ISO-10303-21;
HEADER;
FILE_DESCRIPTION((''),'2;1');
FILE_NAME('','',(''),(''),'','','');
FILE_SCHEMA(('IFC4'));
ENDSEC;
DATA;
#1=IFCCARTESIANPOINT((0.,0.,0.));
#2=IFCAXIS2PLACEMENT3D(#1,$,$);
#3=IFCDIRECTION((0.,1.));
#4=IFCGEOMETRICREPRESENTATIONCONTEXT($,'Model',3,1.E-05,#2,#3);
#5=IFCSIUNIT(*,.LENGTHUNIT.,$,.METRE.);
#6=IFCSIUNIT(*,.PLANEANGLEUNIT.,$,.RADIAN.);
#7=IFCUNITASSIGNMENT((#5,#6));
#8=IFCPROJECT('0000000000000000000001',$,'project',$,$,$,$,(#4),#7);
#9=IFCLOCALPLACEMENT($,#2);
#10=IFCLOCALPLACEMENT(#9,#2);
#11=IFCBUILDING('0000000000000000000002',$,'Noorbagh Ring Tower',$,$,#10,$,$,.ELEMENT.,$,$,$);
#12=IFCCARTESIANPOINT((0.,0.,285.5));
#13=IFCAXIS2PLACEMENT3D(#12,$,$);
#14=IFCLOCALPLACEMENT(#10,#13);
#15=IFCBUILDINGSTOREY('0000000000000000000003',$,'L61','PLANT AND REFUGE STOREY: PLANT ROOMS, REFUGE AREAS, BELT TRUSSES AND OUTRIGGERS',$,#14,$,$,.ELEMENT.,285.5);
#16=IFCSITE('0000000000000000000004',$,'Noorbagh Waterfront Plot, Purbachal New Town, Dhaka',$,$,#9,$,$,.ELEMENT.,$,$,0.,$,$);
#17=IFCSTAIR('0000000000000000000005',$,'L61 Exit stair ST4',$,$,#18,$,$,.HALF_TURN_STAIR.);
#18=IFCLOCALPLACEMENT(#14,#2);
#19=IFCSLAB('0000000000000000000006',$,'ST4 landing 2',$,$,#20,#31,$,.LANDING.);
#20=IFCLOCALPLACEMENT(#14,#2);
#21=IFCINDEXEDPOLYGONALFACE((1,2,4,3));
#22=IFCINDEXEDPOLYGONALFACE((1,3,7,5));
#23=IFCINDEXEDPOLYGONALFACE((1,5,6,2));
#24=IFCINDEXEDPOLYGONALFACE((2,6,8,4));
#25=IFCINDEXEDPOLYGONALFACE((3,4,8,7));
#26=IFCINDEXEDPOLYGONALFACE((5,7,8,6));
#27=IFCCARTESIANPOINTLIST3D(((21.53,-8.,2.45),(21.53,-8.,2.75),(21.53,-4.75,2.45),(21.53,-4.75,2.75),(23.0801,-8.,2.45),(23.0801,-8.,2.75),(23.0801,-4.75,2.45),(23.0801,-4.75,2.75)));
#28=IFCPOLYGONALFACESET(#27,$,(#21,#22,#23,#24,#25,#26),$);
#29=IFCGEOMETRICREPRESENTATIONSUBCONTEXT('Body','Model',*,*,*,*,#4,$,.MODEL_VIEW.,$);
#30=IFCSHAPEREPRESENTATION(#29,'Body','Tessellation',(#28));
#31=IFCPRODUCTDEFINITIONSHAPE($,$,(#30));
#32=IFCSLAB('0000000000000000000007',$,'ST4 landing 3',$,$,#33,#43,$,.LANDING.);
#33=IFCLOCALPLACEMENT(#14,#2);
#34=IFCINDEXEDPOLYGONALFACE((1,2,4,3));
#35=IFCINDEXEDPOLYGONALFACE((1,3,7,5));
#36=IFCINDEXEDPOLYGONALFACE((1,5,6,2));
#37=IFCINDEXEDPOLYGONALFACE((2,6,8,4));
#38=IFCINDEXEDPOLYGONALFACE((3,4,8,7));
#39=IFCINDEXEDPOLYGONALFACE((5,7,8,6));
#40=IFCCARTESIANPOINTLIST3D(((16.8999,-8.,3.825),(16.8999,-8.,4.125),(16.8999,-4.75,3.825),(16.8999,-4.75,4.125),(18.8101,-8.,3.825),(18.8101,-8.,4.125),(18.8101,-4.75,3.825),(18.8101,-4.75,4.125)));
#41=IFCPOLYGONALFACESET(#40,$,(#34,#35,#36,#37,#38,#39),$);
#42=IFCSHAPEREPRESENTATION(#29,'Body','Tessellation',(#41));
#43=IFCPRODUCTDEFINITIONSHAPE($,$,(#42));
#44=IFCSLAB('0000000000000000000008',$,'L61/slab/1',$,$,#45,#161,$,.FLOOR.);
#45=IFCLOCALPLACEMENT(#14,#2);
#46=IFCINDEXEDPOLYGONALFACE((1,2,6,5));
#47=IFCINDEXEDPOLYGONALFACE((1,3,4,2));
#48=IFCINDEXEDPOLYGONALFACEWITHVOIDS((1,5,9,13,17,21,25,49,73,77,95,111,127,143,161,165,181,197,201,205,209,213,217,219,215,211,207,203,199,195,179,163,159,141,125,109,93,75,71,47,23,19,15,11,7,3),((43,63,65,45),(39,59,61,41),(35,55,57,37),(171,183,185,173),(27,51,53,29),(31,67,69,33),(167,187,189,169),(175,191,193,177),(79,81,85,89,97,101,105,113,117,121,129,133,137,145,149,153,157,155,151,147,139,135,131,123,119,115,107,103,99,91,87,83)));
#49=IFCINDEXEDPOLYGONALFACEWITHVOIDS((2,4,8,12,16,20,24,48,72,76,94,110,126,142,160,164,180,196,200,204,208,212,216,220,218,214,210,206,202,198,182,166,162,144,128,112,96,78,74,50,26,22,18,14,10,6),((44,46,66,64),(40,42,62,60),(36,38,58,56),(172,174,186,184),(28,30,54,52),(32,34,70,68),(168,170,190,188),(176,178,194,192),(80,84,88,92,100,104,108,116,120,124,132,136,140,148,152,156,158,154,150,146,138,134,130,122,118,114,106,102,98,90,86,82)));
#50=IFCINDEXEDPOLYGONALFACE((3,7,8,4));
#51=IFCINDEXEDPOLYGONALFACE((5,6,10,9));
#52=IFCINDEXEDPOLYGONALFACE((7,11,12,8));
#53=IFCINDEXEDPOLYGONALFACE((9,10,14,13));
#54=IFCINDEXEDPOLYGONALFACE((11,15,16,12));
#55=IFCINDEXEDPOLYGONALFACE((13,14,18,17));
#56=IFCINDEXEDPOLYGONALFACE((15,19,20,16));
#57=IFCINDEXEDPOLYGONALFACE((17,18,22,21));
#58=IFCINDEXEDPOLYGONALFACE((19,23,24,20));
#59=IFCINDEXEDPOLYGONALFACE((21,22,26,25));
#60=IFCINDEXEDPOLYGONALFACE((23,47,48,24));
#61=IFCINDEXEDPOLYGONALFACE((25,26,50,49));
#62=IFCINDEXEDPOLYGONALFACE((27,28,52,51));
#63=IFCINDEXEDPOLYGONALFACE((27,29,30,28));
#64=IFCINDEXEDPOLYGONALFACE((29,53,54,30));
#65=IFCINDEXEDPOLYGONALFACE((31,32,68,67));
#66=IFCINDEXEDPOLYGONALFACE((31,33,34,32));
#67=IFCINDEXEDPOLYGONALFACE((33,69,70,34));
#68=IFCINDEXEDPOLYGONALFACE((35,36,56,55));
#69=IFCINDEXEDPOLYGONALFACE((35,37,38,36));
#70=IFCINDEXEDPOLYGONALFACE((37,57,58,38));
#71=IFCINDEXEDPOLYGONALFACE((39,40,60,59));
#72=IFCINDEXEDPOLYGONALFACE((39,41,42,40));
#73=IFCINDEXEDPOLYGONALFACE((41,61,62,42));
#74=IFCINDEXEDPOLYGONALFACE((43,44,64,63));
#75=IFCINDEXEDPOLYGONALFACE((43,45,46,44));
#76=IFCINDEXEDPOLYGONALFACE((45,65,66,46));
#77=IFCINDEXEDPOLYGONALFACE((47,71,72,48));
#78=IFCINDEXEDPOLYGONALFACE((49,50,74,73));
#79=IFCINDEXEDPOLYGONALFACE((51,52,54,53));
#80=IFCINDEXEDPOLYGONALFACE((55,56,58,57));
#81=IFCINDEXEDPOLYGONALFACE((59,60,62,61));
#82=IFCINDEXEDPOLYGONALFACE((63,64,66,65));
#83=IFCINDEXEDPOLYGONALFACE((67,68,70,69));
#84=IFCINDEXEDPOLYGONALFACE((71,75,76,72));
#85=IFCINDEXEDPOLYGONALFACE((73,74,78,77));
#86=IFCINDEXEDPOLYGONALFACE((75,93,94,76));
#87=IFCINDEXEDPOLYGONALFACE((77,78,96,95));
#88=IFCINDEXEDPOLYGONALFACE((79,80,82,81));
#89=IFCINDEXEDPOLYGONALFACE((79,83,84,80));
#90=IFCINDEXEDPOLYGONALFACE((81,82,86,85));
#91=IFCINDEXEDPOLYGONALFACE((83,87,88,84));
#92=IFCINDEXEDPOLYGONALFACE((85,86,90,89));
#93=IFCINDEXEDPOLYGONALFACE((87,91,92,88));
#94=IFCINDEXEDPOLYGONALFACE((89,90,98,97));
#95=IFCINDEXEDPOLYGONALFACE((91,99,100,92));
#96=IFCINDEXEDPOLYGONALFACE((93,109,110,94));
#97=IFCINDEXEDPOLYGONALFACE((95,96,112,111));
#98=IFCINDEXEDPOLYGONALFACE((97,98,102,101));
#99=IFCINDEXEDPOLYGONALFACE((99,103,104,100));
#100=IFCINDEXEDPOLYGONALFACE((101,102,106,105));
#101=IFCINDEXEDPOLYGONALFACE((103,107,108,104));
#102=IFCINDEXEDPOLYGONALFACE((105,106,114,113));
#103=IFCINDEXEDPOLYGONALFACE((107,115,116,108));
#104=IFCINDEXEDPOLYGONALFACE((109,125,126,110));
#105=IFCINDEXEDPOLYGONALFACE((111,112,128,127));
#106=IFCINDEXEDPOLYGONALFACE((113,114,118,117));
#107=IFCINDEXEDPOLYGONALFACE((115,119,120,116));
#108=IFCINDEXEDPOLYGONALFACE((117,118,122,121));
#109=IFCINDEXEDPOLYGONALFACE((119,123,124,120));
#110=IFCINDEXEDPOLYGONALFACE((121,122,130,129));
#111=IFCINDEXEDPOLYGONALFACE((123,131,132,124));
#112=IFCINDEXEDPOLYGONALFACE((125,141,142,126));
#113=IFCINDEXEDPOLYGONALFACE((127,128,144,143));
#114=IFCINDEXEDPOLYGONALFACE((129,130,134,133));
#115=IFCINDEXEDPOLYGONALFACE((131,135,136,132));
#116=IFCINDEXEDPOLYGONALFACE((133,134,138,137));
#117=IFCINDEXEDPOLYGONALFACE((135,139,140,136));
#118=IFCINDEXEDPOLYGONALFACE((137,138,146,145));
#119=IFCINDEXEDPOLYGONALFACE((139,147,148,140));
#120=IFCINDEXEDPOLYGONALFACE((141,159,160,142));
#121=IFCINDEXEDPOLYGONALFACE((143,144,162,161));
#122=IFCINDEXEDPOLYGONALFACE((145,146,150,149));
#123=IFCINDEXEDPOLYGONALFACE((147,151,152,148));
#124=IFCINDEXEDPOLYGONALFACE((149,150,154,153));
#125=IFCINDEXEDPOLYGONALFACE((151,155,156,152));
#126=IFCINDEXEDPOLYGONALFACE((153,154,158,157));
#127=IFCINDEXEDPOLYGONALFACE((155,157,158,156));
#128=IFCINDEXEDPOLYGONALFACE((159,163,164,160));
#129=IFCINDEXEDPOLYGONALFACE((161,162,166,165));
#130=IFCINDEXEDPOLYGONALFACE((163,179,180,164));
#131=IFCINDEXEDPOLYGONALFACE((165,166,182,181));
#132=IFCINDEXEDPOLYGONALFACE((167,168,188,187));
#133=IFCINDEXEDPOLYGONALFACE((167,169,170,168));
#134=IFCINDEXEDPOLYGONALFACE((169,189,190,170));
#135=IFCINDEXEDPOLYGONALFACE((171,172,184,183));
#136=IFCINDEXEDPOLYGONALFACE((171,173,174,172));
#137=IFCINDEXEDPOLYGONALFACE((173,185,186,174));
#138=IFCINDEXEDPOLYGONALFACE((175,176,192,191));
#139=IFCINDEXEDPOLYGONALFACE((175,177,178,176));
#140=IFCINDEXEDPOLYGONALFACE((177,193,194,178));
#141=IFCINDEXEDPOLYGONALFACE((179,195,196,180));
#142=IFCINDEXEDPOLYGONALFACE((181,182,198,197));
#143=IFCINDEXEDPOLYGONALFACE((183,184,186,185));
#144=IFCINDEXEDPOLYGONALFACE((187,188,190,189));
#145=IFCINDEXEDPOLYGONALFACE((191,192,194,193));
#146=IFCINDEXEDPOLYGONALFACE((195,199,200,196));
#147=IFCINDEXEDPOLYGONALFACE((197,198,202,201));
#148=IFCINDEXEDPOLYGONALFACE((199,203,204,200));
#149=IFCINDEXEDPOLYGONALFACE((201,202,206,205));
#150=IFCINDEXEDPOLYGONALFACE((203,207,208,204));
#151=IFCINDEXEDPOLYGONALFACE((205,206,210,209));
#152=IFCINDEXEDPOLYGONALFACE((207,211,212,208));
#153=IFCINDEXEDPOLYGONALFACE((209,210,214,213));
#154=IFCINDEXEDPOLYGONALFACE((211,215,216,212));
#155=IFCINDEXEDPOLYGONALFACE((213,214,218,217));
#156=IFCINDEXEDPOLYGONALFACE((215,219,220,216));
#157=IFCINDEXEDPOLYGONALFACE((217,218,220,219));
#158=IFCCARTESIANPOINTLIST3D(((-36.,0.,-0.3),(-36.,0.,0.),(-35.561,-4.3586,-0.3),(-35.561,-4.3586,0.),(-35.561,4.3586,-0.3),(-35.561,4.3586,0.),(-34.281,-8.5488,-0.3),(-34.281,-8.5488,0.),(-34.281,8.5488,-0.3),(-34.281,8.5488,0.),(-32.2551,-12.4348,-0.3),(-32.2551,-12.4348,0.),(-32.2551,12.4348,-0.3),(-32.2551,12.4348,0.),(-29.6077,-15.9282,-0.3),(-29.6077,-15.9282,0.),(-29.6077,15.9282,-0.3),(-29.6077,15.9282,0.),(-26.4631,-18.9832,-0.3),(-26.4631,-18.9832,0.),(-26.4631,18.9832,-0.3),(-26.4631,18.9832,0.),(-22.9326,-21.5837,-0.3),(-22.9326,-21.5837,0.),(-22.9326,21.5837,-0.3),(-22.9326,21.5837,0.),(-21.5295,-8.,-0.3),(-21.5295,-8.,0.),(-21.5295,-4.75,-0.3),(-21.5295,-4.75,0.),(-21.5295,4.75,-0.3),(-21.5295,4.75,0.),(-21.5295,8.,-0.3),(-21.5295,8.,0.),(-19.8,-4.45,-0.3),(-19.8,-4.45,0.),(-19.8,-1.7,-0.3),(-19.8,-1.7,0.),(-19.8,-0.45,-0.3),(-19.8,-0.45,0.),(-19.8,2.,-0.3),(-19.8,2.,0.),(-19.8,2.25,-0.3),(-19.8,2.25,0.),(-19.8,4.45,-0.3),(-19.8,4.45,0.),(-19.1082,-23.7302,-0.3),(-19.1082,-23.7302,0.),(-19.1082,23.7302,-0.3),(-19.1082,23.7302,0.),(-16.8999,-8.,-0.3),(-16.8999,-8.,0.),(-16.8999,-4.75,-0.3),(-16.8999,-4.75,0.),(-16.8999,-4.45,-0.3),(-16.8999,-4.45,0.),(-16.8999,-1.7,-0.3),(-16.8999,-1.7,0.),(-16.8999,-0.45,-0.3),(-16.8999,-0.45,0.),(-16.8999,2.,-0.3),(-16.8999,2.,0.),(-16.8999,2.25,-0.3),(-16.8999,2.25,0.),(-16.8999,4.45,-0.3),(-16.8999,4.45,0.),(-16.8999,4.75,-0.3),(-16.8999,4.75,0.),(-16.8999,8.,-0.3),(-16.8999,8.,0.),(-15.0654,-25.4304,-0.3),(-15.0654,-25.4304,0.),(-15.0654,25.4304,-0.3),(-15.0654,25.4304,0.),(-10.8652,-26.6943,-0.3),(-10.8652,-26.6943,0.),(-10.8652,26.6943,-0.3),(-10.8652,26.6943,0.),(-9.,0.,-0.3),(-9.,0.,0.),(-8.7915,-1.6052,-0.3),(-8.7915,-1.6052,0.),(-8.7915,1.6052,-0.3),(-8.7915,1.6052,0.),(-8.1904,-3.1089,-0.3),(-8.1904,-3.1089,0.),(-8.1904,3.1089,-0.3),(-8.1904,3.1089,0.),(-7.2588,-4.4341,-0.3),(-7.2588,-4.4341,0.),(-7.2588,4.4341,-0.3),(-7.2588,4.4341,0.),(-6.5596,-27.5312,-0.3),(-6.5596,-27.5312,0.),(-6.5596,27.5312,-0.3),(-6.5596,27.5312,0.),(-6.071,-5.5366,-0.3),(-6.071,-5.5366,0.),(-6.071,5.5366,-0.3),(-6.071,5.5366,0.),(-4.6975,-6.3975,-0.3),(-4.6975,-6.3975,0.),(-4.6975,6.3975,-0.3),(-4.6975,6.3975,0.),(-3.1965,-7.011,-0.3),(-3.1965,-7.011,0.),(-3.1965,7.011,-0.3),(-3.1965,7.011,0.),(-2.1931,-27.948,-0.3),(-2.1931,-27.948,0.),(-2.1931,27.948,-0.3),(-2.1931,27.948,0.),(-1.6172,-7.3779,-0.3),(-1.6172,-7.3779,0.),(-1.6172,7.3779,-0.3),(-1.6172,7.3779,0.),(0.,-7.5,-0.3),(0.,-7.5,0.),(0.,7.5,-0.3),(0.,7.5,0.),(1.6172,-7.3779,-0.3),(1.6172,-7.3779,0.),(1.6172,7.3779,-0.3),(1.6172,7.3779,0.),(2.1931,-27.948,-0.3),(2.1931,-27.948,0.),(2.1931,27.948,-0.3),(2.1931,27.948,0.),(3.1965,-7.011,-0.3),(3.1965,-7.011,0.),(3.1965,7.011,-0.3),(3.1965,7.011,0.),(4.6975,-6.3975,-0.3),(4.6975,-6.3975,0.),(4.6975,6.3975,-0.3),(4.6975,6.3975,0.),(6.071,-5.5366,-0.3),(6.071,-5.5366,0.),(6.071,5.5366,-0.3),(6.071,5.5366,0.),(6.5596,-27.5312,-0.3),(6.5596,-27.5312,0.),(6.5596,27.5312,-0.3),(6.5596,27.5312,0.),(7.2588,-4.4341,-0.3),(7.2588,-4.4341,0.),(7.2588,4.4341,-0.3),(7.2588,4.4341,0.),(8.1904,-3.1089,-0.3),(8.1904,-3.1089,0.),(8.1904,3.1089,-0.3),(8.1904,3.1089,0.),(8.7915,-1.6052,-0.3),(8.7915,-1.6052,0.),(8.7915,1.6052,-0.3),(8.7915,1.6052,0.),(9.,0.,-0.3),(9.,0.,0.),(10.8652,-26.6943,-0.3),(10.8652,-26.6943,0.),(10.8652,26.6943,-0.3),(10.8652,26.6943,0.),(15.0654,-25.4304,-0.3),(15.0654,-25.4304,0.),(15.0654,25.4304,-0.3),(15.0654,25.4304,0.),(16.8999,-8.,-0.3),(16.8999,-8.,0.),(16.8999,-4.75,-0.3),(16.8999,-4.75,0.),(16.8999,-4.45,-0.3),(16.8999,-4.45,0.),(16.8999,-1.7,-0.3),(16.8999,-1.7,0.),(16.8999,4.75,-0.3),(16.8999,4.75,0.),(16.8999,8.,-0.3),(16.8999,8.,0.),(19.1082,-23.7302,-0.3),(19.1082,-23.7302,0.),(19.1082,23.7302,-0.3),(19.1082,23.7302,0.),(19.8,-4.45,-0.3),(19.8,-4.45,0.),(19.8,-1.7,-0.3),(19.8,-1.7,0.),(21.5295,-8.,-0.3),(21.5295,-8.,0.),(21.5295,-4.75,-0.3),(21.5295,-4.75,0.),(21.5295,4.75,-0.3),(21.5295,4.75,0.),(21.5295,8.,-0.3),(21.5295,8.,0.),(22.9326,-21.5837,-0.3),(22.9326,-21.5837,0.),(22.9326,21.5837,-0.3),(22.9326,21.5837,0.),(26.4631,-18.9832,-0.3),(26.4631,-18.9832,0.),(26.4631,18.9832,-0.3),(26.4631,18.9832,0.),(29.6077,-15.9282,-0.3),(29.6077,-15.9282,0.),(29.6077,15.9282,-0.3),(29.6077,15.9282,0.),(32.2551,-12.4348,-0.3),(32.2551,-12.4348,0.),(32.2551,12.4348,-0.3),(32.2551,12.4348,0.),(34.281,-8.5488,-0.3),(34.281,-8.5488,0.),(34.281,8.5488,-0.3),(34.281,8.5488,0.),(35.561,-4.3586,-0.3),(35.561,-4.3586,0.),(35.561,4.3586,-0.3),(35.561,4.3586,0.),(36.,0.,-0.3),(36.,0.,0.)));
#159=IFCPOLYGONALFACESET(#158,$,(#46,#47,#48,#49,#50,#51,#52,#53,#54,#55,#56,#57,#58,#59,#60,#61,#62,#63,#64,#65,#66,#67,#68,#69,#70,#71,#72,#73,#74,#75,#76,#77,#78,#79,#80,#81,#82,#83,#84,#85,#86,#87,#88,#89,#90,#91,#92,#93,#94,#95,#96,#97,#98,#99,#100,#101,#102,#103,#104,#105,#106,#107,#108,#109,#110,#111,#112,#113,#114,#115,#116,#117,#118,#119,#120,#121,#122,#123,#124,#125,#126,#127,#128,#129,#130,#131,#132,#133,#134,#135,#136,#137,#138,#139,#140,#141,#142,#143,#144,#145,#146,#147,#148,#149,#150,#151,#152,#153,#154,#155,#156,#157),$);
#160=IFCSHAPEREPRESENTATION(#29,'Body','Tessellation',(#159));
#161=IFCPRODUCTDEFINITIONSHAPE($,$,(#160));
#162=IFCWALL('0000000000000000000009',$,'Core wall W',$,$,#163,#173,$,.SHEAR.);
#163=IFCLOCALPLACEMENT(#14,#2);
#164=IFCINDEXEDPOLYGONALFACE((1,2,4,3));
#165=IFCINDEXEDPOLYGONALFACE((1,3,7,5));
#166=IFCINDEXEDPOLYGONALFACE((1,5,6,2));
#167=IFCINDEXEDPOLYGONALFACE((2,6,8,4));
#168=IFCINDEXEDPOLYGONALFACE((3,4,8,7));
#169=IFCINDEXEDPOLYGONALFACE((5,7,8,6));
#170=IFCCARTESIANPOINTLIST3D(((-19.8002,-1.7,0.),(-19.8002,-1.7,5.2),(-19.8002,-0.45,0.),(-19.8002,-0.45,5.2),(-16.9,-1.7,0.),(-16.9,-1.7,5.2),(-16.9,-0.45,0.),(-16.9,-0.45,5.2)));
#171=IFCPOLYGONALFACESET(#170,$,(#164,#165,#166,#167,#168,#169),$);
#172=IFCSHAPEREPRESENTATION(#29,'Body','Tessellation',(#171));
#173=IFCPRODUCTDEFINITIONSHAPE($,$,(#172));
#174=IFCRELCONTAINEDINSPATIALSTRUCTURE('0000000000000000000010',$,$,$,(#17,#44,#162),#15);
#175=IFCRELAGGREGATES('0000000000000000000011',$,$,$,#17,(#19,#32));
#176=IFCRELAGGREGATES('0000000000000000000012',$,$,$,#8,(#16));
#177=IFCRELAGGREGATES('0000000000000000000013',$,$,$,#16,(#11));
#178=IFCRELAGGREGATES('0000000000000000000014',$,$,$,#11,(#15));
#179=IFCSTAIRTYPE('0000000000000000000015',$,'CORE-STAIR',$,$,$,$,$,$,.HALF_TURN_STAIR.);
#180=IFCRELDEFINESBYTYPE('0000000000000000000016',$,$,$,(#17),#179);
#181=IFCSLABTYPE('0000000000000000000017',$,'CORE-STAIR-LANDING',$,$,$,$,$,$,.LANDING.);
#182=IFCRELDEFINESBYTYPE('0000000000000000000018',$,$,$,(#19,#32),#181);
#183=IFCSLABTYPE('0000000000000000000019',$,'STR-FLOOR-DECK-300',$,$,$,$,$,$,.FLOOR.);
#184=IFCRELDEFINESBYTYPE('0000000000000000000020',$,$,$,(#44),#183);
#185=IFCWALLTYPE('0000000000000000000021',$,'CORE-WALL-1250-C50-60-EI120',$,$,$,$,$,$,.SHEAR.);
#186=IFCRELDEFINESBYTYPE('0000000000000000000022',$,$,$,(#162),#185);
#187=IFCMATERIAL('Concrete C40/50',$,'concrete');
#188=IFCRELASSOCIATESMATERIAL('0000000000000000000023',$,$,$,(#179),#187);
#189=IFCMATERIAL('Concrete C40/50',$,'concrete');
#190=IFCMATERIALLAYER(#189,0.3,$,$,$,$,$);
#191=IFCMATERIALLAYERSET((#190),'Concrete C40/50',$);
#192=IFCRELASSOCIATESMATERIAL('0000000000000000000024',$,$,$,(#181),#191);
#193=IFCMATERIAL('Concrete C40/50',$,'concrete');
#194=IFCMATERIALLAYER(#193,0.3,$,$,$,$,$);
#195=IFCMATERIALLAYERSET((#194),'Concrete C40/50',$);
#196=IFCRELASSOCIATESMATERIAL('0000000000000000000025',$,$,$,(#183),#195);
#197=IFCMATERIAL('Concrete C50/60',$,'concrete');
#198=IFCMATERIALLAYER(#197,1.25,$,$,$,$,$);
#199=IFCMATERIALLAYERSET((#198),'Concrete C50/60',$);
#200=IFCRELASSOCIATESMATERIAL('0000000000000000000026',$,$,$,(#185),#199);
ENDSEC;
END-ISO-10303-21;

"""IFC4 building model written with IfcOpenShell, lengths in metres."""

from ifc_helpers import new_model, si_unit, direction, frame, frame_2d, origin, place, context, subcontext, project, spatial, polyline, rectangle, outline, extrude, material, layer, layer_set, type_object, element, aggregate, save


model = new_model("IFC4")

# Units and contexts
model_context = context("Model", 3, precision=1e-05, world=origin(), true_north=direction((0.0, 1.0)))
body_context = subcontext(model_context, "Body", "Model", "MODEL_VIEW")
ifc_project = project(units=[si_unit("LENGTHUNIT", "METRE"), si_unit("PLANEANGLEUNIT", "RADIAN")], contexts=[model_context])

# Site, building, storey
site_placement = place(None, origin())
site = spatial("IfcSite", under=ifc_project, at=site_placement, Name="Noorbagh Waterfront Plot, Purbachal New Town, Dhaka", CompositionType="ELEMENT", RefElevation=0.0)
building_placement = place(site_placement, origin())
building = spatial("IfcBuilding", under=site, at=building_placement, Name="Noorbagh Ring Tower", CompositionType="ELEMENT")
storey_placement = place(building_placement, frame((0.0, 0.0, 285.5)))
storey = spatial("IfcBuildingStorey", under=building, at=storey_placement, Name="L61", Description="PLANT AND REFUGE STOREY: PLANT ROOMS, REFUGE AREAS, BELT TRUSSES AND OUTRIGGERS", CompositionType="ELEMENT", Elevation=285.5)

# Stair, slabs
ifc_material_1 = material(Name="Concrete C40/50", Category="concrete")
stair_type = type_object("IfcStairType", Name="CORE-STAIR", PredefinedType="HALF_TURN_STAIR", material=ifc_material_1)
ifc_material_2 = material(Name="Concrete C40/50", Category="concrete")
ifc_layer_1 = layer(ifc_material_2, 0.3)
ifc_layer_set_1 = layer_set([ifc_layer_1], Name="Concrete C40/50")
slab_type_1 = type_object("IfcSlabType", Name="CORE-STAIR-LANDING", PredefinedType="LANDING", material=ifc_layer_set_1)
stair_1_placement = place(storey_placement, origin())
stair_1 = element("IfcStair", 1, at=stair_1_placement, inside=storey, type_object=stair_type, Name="L61 Exit stair ST4", PredefinedType="HALF_TURN_STAIR")
slab_1_placement = place(storey_placement, frame((0.0, 0.0, 2.45)))
slab_1 = element("IfcSlab", 2, at=slab_1_placement, type_object=slab_type_1, Name="ST4 landing 2", PredefinedType="LANDING", context=body_context, shape_type="SweptSolid", body=[
    extrude(outline(polyline([(23.0801, -4.75), (21.53, -4.75), (21.53, -8.0), (23.0801, -8.0), (23.0801, -4.75)])), origin(), (0.0, 0.0, 1.0), 0.3),
])
slab_2_placement = place(storey_placement, frame((0.0, 0.0, 3.825)))
slab_2 = element("IfcSlab", 3, at=slab_2_placement, type_object=slab_type_1, Name="ST4 landing 3", PredefinedType="LANDING", context=body_context, shape_type="SweptSolid", body=[
    extrude(outline(polyline([(18.8101, -4.75), (16.8999, -4.75), (16.8999, -8.0), (18.8101, -8.0), (18.8101, -4.75)])), origin(), (0.0, 0.0, 1.0), 0.3),
])
aggregate(stair_1, [slab_1, slab_2])

# Slab
ifc_material_3 = material(Name="Concrete C40/50", Category="concrete")
ifc_layer_2 = layer(ifc_material_3, 0.3)
ifc_layer_set_2 = layer_set([ifc_layer_2], Name="Concrete C40/50")
slab_type_2 = type_object("IfcSlabType", Name="STR-FLOOR-DECK-300", PredefinedType="FLOOR", material=ifc_layer_set_2)
slab_3_placement = place(storey_placement, frame((0.0, 0.0, -0.3)))
element("IfcSlab", 4, at=slab_3_placement, inside=storey, type_object=slab_type_2, Name="L61/slab/1", PredefinedType="FLOOR", context=body_context, shape_type="SweptSolid", body=[
    extrude(outline(polyline([(36.0, 0.0), (35.561, 4.3586), (34.281, 8.5488), (32.2551, 12.4348), (29.6077, 15.9282), (26.4631, 18.9832), (22.9326, 21.5837), (19.1082, 23.7302), (15.0654, 25.4304), (10.8652, 26.6943), (6.5596, 27.5312), (2.1931, 27.948), (-2.1931, 27.948), (-6.5596, 27.5312), (-10.8652, 26.6943), (-15.0654, 25.4304), (-19.1082, 23.7302), (-22.9326, 21.5837), (-26.4631, 18.9832), (-29.6077, 15.9282), (-32.2551, 12.4348), (-34.281, 8.5488), (-35.561, 4.3586), (-36.0, 0.0), (-35.561, -4.3586), (-34.281, -8.5488), (-32.2551, -12.4348), (-29.6077, -15.9282), (-26.4631, -18.9832), (-22.9326, -21.5837), (-19.1082, -23.7302), (-15.0654, -25.4304), (-10.8652, -26.6943), (-6.5596, -27.5312), (-2.1931, -27.948), (2.1931, -27.948), (6.5596, -27.5312), (10.8652, -26.6943), (15.0654, -25.4304), (19.1082, -23.7302), (22.9326, -21.5837), (26.4631, -18.9832), (29.6077, -15.9282), (32.2551, -12.4348), (34.281, -8.5488), (35.561, -4.3586), (36.0, 0.0)]), holes=[polyline([(21.5295, -4.75), (21.5295, -8.0), (16.8999, -8.0), (16.8999, -4.75), (21.5295, -4.75)]), polyline([(21.5295, 4.75), (16.8999, 4.75), (16.8999, 8.0), (21.5295, 8.0), (21.5295, 4.75)]), polyline([(16.8999, -4.45), (16.8999, -1.7), (19.8, -1.7), (19.8, -4.45), (16.8999, -4.45)]), polyline([(6.071, -5.5366), (4.6975, -6.3975), (3.1965, -7.011), (1.6172, -7.3779), (0.0, -7.5), (-1.6172, -7.3779), (-3.1965, -7.011), (-4.6975, -6.3975), (-6.071, -5.5366), (-7.2588, -4.4341), (-8.1904, -3.1089), (-8.7915, -1.6052), (-9.0, 0.0), (-8.7915, 1.6052), (-8.1904, 3.1089), (-7.2588, 4.4341), (-6.071, 5.5366), (-4.6975, 6.3975), (-3.1965, 7.011), (-1.6172, 7.3779), (0.0, 7.5), (1.6172, 7.3779), (3.1965, 7.011), (4.6975, 6.3975), (6.071, 5.5366), (7.2588, 4.4341), (8.1904, 3.1089), (8.7915, 1.6052), (9.0, 0.0), (8.7915, -1.6052), (8.1904, -3.1089), (7.2588, -4.4341), (6.071, -5.5366)]), polyline([(-21.5295, -8.0), (-21.5295, -4.75), (-16.8999, -4.75), (-16.8999, -8.0), (-21.5295, -8.0)]), polyline([(-21.5295, 8.0), (-16.8999, 8.0), (-16.8999, 4.75), (-21.5295, 4.75), (-21.5295, 8.0)]), polyline([(-16.8999, -1.7), (-16.8999, -4.45), (-19.8, -4.45), (-19.8, -1.7), (-16.8999, -1.7)]), polyline([(-16.8999, 2.0), (-16.8999, -0.45), (-19.8, -0.45), (-19.8, 2.0), (-16.8999, 2.0)]), polyline([(-16.8999, 4.45), (-16.8999, 2.25), (-19.8, 2.25), (-19.8, 4.45), (-16.8999, 4.45)])]), origin(), (0.0, 0.0, 1.0), 0.3),
])

# Wall
ifc_material_4 = material(Name="Concrete C50/60", Category="concrete")
ifc_layer_3 = layer(ifc_material_4, 1.25)
ifc_layer_set_3 = layer_set([ifc_layer_3], Name="Concrete C50/60")
wall_type_1 = type_object("IfcWallType", Name="CORE-WALL-1250-C50-60-EI120", PredefinedType="SHEAR", material=ifc_layer_set_3)
wall_1_placement = place(storey_placement, frame((-16.8999, -1.075, 0.0), z_axis=(0.0, 0.0, 1.0), x_axis=(-1.0, 0.0, 0.0)))
element("IfcWall", 5, at=wall_1_placement, inside=storey, type_object=wall_type_1, Name="Core wall W", PredefinedType="SHEAR", context=body_context, shape_type="SweptSolid", body=[
    extrude(rectangle(XDim=2.9001, YDim=1.25, at=frame_2d((1.4502, 0.0))), origin(), (0.0, 0.0, 1.0), 5.2),
])

save(model, "model.ifc")
